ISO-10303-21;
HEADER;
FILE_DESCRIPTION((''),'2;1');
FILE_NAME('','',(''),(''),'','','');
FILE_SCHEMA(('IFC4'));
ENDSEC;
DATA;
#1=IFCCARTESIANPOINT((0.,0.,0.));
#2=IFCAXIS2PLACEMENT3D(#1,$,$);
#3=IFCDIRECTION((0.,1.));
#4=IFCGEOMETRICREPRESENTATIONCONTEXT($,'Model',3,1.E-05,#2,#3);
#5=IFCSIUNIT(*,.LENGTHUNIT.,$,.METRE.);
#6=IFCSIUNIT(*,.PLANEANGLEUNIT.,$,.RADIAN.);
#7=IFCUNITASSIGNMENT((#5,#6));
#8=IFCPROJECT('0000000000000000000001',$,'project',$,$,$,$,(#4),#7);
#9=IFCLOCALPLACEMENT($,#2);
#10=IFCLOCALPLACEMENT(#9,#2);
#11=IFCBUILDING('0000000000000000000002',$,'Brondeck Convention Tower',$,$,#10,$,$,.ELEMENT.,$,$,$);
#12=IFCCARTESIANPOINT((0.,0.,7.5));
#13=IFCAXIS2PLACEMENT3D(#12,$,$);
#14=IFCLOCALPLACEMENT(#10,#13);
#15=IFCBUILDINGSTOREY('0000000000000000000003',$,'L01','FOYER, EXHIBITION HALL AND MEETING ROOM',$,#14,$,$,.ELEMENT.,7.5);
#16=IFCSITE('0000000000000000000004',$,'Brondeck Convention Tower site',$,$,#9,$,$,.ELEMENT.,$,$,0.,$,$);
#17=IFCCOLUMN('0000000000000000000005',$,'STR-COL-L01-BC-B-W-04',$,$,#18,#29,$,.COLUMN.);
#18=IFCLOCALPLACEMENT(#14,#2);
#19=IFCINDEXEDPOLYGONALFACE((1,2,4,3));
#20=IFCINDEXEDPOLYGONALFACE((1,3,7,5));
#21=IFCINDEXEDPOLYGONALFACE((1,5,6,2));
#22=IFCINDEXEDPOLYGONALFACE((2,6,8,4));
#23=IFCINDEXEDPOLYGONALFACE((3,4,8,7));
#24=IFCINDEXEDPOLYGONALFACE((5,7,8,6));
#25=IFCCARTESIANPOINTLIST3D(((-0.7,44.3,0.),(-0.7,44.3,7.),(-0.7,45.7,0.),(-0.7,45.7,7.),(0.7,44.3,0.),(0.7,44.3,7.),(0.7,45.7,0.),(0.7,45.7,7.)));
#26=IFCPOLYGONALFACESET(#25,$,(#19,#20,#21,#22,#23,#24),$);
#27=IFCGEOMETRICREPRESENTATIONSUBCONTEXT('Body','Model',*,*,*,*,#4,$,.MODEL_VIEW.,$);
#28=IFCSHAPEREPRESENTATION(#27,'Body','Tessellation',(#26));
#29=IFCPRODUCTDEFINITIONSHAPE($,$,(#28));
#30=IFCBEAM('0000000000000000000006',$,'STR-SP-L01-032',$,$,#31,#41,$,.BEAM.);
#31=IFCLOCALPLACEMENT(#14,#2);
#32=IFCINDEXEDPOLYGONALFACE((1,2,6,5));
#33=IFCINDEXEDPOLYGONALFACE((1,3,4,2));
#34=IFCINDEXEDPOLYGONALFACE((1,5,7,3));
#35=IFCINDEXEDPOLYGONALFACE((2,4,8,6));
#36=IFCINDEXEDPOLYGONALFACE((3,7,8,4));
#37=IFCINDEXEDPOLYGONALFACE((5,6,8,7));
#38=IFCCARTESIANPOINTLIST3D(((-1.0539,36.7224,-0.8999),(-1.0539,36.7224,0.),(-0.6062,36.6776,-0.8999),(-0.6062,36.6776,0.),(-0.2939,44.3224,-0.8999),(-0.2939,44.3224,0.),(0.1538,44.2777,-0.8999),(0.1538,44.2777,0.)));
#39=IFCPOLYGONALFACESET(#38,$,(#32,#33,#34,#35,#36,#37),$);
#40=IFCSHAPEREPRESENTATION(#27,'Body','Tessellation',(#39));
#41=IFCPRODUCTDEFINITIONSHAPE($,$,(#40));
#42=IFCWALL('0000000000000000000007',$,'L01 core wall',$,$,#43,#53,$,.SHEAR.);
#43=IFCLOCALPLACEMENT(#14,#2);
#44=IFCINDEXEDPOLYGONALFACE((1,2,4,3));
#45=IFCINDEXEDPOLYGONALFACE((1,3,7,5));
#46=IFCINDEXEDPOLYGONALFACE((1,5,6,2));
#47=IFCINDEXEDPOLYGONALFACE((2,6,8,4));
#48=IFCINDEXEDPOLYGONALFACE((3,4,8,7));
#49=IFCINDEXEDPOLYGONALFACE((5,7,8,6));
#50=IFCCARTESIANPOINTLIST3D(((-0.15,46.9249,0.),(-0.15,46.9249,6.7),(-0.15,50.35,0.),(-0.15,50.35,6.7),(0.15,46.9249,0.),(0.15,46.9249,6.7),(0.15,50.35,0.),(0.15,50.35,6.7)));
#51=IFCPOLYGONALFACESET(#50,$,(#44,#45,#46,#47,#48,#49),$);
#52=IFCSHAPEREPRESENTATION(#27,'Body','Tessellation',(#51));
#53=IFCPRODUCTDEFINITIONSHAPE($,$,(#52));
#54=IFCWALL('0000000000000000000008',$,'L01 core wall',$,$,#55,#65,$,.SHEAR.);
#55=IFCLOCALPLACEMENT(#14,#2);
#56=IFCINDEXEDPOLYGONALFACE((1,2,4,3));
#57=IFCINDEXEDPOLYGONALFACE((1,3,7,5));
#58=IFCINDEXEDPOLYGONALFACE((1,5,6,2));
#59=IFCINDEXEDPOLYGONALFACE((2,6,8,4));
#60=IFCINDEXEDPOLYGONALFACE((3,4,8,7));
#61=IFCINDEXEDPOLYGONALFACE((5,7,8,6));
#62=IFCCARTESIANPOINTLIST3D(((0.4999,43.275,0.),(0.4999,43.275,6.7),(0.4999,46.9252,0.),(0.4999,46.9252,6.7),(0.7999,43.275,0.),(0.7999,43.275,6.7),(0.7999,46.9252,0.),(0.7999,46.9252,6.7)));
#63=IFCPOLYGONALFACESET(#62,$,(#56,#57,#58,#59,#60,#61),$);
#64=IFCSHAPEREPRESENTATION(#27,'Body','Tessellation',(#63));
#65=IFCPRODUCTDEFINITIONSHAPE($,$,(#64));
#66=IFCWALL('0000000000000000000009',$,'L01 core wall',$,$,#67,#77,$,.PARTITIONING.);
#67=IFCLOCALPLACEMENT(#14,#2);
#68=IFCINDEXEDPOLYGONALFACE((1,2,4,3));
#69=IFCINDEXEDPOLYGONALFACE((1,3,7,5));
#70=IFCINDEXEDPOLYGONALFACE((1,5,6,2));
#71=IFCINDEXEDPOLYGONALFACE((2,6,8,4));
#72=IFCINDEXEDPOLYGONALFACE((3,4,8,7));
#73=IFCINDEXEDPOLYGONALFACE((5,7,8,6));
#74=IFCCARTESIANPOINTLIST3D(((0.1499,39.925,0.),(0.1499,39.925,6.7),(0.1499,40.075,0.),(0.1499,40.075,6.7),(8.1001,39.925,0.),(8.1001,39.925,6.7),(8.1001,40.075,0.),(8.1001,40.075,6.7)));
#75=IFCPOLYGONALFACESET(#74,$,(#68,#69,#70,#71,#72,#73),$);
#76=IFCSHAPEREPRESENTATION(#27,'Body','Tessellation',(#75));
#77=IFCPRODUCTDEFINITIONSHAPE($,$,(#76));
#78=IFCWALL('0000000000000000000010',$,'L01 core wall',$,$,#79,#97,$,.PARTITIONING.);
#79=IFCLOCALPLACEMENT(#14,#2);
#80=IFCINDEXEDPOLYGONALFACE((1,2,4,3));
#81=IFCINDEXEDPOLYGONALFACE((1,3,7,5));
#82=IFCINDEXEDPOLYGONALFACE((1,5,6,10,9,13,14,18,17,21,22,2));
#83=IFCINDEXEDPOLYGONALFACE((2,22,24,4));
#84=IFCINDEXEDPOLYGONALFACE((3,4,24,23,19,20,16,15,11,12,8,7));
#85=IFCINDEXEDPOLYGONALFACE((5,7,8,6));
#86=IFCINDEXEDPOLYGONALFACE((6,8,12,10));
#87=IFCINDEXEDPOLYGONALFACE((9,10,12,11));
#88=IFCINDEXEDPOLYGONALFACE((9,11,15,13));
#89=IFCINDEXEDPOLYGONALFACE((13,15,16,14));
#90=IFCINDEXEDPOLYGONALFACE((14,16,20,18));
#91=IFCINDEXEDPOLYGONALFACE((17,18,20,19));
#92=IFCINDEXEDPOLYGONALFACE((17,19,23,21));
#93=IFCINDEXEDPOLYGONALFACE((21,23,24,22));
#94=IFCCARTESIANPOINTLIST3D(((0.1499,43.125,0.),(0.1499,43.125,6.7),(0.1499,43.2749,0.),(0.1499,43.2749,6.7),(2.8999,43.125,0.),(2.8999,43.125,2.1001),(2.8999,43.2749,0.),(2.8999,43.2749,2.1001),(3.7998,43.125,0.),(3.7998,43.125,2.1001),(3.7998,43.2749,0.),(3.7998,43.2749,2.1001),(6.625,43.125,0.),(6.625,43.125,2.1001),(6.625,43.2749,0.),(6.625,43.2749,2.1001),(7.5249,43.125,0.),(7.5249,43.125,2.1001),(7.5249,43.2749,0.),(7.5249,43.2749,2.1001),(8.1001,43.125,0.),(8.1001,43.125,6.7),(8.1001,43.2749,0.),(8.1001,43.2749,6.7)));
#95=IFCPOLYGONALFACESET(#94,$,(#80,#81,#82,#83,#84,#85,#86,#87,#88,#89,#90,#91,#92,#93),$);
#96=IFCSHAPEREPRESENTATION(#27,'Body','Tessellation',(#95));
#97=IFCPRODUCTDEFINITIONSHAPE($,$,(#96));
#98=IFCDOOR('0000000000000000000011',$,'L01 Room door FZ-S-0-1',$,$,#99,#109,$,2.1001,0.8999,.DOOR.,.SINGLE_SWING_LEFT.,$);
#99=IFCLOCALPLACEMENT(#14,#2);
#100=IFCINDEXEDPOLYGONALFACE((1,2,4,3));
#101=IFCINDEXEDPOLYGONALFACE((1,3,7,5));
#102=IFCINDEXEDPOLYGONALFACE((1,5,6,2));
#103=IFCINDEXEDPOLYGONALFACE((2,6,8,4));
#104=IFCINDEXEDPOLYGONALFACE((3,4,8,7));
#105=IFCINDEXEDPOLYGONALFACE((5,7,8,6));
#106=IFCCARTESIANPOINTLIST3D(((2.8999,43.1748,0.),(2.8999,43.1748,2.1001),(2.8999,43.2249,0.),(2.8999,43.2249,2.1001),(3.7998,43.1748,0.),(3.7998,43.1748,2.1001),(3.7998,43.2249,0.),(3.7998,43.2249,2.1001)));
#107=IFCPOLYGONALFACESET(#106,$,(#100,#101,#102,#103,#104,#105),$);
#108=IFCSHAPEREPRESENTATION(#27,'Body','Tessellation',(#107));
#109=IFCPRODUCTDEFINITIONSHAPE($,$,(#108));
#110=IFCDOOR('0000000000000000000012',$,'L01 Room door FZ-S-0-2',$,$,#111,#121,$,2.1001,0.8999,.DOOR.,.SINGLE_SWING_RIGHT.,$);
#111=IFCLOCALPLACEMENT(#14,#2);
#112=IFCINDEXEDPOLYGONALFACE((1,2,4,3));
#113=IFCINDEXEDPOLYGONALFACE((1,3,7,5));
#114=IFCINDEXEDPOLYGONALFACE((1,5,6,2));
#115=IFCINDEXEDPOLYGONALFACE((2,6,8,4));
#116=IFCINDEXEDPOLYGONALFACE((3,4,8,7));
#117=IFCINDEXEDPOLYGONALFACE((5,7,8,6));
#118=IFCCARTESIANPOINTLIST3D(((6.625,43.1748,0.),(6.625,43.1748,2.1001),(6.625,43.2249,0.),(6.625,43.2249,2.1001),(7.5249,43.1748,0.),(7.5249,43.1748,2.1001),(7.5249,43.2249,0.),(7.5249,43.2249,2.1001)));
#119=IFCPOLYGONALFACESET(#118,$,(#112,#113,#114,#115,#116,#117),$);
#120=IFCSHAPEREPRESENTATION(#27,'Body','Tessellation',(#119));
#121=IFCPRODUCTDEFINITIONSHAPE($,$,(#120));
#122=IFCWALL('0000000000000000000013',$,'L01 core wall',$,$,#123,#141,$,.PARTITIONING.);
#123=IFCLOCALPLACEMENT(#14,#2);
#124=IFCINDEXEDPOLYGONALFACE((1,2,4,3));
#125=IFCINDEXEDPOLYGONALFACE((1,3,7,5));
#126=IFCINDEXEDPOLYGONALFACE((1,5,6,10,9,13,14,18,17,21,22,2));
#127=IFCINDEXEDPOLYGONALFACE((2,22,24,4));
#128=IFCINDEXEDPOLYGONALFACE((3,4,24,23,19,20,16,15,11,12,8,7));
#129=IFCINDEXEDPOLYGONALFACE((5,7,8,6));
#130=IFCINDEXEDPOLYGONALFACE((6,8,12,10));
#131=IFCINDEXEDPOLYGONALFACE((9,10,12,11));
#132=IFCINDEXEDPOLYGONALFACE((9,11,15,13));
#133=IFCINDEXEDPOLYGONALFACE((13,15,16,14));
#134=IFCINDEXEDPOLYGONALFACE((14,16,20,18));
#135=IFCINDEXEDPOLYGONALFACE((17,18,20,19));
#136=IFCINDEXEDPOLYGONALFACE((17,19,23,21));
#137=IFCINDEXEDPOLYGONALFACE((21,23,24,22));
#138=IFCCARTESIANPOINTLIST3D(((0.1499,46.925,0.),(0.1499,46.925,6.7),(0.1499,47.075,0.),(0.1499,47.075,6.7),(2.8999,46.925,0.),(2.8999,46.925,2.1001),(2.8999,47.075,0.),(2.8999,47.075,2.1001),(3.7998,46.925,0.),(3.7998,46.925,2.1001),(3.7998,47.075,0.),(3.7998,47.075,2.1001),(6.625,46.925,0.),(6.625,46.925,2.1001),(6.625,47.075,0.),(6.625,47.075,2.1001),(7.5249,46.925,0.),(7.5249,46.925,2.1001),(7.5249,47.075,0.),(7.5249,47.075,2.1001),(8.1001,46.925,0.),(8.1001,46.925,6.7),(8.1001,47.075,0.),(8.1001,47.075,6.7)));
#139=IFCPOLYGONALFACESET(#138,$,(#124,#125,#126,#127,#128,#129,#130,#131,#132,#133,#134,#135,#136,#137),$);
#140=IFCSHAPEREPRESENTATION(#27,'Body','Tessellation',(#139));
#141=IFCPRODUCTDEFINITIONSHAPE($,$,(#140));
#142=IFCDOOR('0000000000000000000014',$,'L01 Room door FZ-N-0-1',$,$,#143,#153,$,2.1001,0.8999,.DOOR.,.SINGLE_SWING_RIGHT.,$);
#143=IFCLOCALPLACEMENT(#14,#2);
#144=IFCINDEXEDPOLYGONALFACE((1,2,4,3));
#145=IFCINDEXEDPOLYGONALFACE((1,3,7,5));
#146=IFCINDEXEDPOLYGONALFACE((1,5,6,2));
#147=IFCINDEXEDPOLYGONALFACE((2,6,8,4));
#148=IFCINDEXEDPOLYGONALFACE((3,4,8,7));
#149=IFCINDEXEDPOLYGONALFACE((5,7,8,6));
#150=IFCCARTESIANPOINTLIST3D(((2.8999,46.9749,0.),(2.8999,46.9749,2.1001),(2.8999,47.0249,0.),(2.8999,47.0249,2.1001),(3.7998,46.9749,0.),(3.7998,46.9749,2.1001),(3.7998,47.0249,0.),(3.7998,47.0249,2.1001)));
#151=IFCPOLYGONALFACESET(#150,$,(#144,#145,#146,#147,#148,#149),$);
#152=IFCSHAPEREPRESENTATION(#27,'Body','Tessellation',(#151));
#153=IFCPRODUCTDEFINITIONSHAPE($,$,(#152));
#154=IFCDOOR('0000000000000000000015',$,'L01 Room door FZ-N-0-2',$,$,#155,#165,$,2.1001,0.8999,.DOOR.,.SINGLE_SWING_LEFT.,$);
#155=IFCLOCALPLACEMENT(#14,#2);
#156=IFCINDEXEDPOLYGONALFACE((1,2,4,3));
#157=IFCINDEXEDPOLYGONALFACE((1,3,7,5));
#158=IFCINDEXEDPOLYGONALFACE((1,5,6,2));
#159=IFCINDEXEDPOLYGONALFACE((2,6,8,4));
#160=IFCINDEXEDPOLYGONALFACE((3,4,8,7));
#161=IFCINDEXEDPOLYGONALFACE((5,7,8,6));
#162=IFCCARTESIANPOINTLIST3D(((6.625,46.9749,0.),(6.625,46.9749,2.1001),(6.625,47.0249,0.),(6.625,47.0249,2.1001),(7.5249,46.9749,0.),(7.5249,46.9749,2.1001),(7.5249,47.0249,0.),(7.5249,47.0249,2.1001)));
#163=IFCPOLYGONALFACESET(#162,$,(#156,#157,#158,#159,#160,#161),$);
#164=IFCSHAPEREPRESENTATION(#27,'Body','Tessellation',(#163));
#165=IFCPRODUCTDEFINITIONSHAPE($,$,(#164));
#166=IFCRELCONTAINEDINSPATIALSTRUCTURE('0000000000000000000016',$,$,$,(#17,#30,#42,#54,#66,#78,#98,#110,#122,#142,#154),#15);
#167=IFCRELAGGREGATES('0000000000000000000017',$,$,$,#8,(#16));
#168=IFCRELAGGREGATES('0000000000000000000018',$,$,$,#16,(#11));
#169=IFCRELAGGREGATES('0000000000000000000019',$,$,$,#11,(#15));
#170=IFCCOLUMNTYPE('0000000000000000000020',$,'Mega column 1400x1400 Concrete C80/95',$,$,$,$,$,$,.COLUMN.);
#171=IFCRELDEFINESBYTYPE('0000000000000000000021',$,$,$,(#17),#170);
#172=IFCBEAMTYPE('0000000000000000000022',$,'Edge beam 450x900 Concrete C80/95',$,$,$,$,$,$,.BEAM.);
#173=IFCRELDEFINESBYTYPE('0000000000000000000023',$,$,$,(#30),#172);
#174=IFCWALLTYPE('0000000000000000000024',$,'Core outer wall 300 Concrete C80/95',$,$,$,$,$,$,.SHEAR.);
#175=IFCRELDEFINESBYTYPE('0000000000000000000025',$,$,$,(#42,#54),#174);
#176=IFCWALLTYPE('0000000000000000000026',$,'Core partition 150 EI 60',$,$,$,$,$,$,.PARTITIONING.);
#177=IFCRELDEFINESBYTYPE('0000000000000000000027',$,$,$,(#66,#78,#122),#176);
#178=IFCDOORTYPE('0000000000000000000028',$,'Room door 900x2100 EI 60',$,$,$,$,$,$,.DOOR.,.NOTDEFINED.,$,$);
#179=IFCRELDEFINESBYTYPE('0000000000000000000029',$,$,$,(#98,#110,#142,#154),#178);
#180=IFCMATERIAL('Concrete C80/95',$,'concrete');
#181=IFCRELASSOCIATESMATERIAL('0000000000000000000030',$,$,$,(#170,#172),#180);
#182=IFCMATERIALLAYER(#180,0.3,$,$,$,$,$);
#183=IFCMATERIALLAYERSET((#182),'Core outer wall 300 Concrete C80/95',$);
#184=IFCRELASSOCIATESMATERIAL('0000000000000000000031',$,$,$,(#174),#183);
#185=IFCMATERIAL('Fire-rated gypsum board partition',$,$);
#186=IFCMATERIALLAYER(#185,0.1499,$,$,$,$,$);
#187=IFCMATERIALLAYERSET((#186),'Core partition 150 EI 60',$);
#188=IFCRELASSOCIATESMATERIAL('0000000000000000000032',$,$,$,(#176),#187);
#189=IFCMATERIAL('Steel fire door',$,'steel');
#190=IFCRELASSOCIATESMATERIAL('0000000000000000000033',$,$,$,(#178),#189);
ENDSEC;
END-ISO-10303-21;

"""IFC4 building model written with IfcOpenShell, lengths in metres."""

from ifc_helpers import new_model, si_unit, direction, frame, frame_2d, origin, origin_2d, place, context, subcontext, project, spatial, rectangle, extrude, material, layer, layer_set, material_profile, profile_set, type_object, element, fill, save


model = new_model("IFC4")

# Units and contexts
model_context = context("Model", 3, precision=1e-05, world=origin(), true_north=direction((0.0, 1.0)))
body_context = subcontext(model_context, "Body", "Model", "MODEL_VIEW")
ifc_project = project(units=[si_unit("LENGTHUNIT", "METRE"), si_unit("PLANEANGLEUNIT", "RADIAN")], contexts=[model_context])

# Site, building, storey
site_placement = place(None, origin())
site = spatial("IfcSite", under=ifc_project, at=site_placement, Name="Brondeck Convention Tower site", CompositionType="ELEMENT", RefElevation=0.0)
building_placement = place(site_placement, origin())
building = spatial("IfcBuilding", under=site, at=building_placement, Name="Brondeck Convention Tower", CompositionType="ELEMENT")
storey_placement = place(building_placement, frame((0.0, 0.0, 7.5)))
storey = spatial("IfcBuildingStorey", under=building, at=storey_placement, Name="L01", Description="FOYER, EXHIBITION HALL AND MEETING ROOM", CompositionType="ELEMENT", Elevation=7.5)

# Column
ifc_material_1 = material(Name="Concrete C80/95", Category="concrete")
ifc_material_profile_1 = material_profile(ifc_material_1, rectangle(XDim=1.3999, YDim=1.3999, at=origin_2d()), Name="Mega column 1400x1400 Concrete C80/95")
ifc_profile_set_1 = profile_set([ifc_material_profile_1], Name="Concrete C80/95")
column_type = type_object("IfcColumnType", Name="Mega column 1400x1400 Concrete C80/95", PredefinedType="COLUMN", material=ifc_profile_set_1)
column_placement = place(storey_placement, frame((0.0, 45.0, 0.0), z_axis=(0.0, 0.0, 1.0), x_axis=(1.0, 0.0, 0.0)))
element("IfcColumn", 1, at=column_placement, inside=storey, type_object=column_type, Name="STR-COL-L01-BC-B-W-04", PredefinedType="COLUMN", context=body_context, shape_type="SweptSolid", body=[
    extrude(rectangle(XDim=1.3999, YDim=1.3999, at=origin_2d()), origin(), (0.0, 0.0, 1.0), 7.0),
])

# Beam
ifc_material_profile_2 = material_profile(ifc_material_1, rectangle(XDim=0.45, YDim=0.8999, at=origin_2d()), Name="Edge beam 450x900 Concrete C80/95")
ifc_profile_set_2 = profile_set([ifc_material_profile_2], Name="Concrete C80/95")
beam_type = type_object("IfcBeamType", Name="Edge beam 450x900 Concrete C80/95", PredefinedType="BEAM", material=ifc_profile_set_2)
beam_placement = place(storey_placement, frame((-0.0701, 44.3, -0.45), z_axis=(-0.099504, -0.995037, 0.0), x_axis=(0.995037, -0.099504, 0.0)))
element("IfcBeam", 2, at=beam_placement, inside=storey, type_object=beam_type, Name="STR-SP-L01-032", PredefinedType="BEAM", context=body_context, shape_type="SweptSolid", body=[
    extrude(rectangle(XDim=0.45, YDim=0.8999, at=origin_2d()), origin(), (0.0, 0.0, 1.0), 7.6379),
])

# Walls
ifc_layer_1 = layer(ifc_material_1, 0.3)
ifc_layer_set_1 = layer_set([ifc_layer_1], Name="Core outer wall 300 Concrete C80/95")
wall_type_1 = type_object("IfcWallType", Name="Core outer wall 300 Concrete C80/95", PredefinedType="SHEAR", material=ifc_layer_set_1)
wall_1_placement = place(storey_placement, frame((0.0, 46.925, 0.0), z_axis=(0.0, 0.0, 1.0), x_axis=(0.0, 1.0, 0.0)))
element("IfcWall", 3, at=wall_1_placement, inside=storey, type_object=wall_type_1, Name="L01 core wall", PredefinedType="SHEAR", context=body_context, shape_type="SweptSolid", body=[
    extrude(rectangle(XDim=3.425, YDim=0.3, at=frame_2d((1.7124, 0.0))), origin(), (0.0, 0.0, 1.0), 6.7),
])
wall_2_placement = place(storey_placement, frame((0.6499, 43.2749, 0.0), z_axis=(0.0, 0.0, 1.0), x_axis=(0.0, 1.0, 0.0)))
element("IfcWall", 4, at=wall_2_placement, inside=storey, type_object=wall_type_1, Name="L01 core wall", PredefinedType="SHEAR", context=body_context, shape_type="SweptSolid", body=[
    extrude(rectangle(XDim=3.6501, YDim=0.3, at=frame_2d((1.8252, 0.0))), origin(), (0.0, 0.0, 1.0), 6.7),
])
ifc_material_2 = material(Name="Fire-rated gypsum board partition")
ifc_layer_2 = layer(ifc_material_2, 0.1499)
ifc_layer_set_2 = layer_set([ifc_layer_2], Name="Core partition 150 EI 60")
wall_type_2 = type_object("IfcWallType", Name="Core partition 150 EI 60", PredefinedType="PARTITIONING", material=ifc_layer_set_2)
wall_3_placement = place(storey_placement, frame((0.1499, 40.0, 0.0), z_axis=(0.0, 0.0, 1.0), x_axis=(1.0, 0.0, 0.0)))
element("IfcWall", 5, at=wall_3_placement, inside=storey, type_object=wall_type_2, Name="L01 core wall", PredefinedType="PARTITIONING", context=body_context, shape_type="SweptSolid", body=[
    extrude(rectangle(XDim=7.9502, YDim=0.1499, at=frame_2d((3.9751, 0.0))), origin(), (0.0, 0.0, 1.0), 6.7),
])

# Walls, openings, doors
wall_4_placement = place(storey_placement, frame((0.1499, 43.2, 0.0), z_axis=(0.0, 0.0, 1.0), x_axis=(1.0, 0.0, 0.0)))
wall_4 = element("IfcWall", 6, at=wall_4_placement, inside=storey, type_object=wall_type_2, Name="L01 core wall", PredefinedType="PARTITIONING", context=body_context, shape_type="SweptSolid", body=[
    extrude(rectangle(XDim=7.9502, YDim=0.1499, at=frame_2d((3.9751, 0.0))), origin(), (0.0, 0.0, 1.0), 6.7),
])
opening_1_placement = place(wall_4_placement, frame((2.75, 0.0, 0.0)))
opening_1 = element("IfcOpeningElement", 7, at=opening_1_placement, cuts=wall_4, PredefinedType="OPENING", context=body_context, shape_type="SweptSolid", body=[
    extrude(rectangle(XDim=0.8999, YDim=2.1001, at=frame_2d((0.45, 1.05))), frame((0.0, 0.085, 0.0), z_axis=(0.0, -1.0, 0.0), x_axis=(1.0, 0.0, 0.0)), (0.0, 0.0, 1.0), 0.1699),
])
opening_2_placement = place(wall_4_placement, frame((6.4751, 0.0, 0.0)))
opening_2 = element("IfcOpeningElement", 8, at=opening_2_placement, cuts=wall_4, PredefinedType="OPENING", context=body_context, shape_type="SweptSolid", body=[
    extrude(rectangle(XDim=0.8999, YDim=2.1001, at=frame_2d((0.45, 1.05))), frame((0.0, 0.085, 0.0), z_axis=(0.0, -1.0, 0.0), x_axis=(1.0, 0.0, 0.0)), (0.0, 0.0, 1.0), 0.1699),
])
ifc_material_3 = material(Name="Steel fire door", Category="steel")
door_type = type_object("IfcDoorType", Name="Room door 900x2100 EI 60", OperationType="NOTDEFINED", PredefinedType="DOOR", material=ifc_material_3)
door_1_placement = place(opening_1_placement, origin())
door_1 = element("IfcDoor", 9, at=door_1_placement, inside=storey, type_object=door_type, Name="L01 Room door FZ-S-0-1", OperationType="SINGLE_SWING_LEFT", OverallHeight=2.1001, OverallWidth=0.8999, PredefinedType="DOOR", context=body_context, shape_type="SweptSolid", body=[
    extrude(rectangle(XDim=0.8999, YDim=2.1001, at=frame_2d((0.45, 1.05))), frame((0.0, 0.0249, 0.0), z_axis=(0.0, -1.0, 0.0), x_axis=(1.0, 0.0, 0.0)), (0.0, 0.0, 1.0), 0.05),
])
fill(opening_1, door_1)
door_2_placement = place(opening_2_placement, origin())
door_2 = element("IfcDoor", 10, at=door_2_placement, inside=storey, type_object=door_type, Name="L01 Room door FZ-S-0-2", OperationType="SINGLE_SWING_RIGHT", OverallHeight=2.1001, OverallWidth=0.8999, PredefinedType="DOOR", context=body_context, shape_type="SweptSolid", body=[
    extrude(rectangle(XDim=0.8999, YDim=2.1001, at=frame_2d((0.45, 1.05))), frame((0.0, 0.0249, 0.0), z_axis=(0.0, -1.0, 0.0), x_axis=(1.0, 0.0, 0.0)), (0.0, 0.0, 1.0), 0.05),
])
fill(opening_2, door_2)
wall_5_placement = place(storey_placement, frame((0.1499, 47.0, 0.0), z_axis=(0.0, 0.0, 1.0), x_axis=(1.0, 0.0, 0.0)))
wall_5 = element("IfcWall", 11, at=wall_5_placement, inside=storey, type_object=wall_type_2, Name="L01 core wall", PredefinedType="PARTITIONING", context=body_context, shape_type="SweptSolid", body=[
    extrude(rectangle(XDim=7.9502, YDim=0.1499, at=frame_2d((3.9751, 0.0))), origin(), (0.0, 0.0, 1.0), 6.7),
])
opening_3_placement = place(wall_5_placement, frame((2.75, 0.0, 0.0)))
opening_3 = element("IfcOpeningElement", 12, at=opening_3_placement, cuts=wall_5, PredefinedType="OPENING", context=body_context, shape_type="SweptSolid", body=[
    extrude(rectangle(XDim=0.8999, YDim=2.1001, at=frame_2d((0.45, 1.05))), frame((0.0, 0.085, 0.0), z_axis=(0.0, -1.0, 0.0), x_axis=(1.0, 0.0, 0.0)), (0.0, 0.0, 1.0), 0.1699),
])
opening_4_placement = place(wall_5_placement, frame((6.4751, 0.0, 0.0)))
opening_4 = element("IfcOpeningElement", 13, at=opening_4_placement, cuts=wall_5, PredefinedType="OPENING", context=body_context, shape_type="SweptSolid", body=[
    extrude(rectangle(XDim=0.8999, YDim=2.1001, at=frame_2d((0.45, 1.05))), frame((0.0, 0.085, 0.0), z_axis=(0.0, -1.0, 0.0), x_axis=(1.0, 0.0, 0.0)), (0.0, 0.0, 1.0), 0.1699),
])
door_3_placement = place(opening_3_placement, origin())
door_3 = element("IfcDoor", 14, at=door_3_placement, inside=storey, type_object=door_type, Name="L01 Room door FZ-N-0-1", OperationType="SINGLE_SWING_RIGHT", OverallHeight=2.1001, OverallWidth=0.8999, PredefinedType="DOOR", context=body_context, shape_type="SweptSolid", body=[
    extrude(rectangle(XDim=0.8999, YDim=2.1001, at=frame_2d((0.45, 1.05))), frame((0.0, 0.0249, 0.0), z_axis=(0.0, -1.0, 0.0), x_axis=(1.0, 0.0, 0.0)), (0.0, 0.0, 1.0), 0.05),
])
fill(opening_3, door_3)
door_4_placement = place(opening_4_placement, origin())
door_4 = element("IfcDoor", 15, at=door_4_placement, inside=storey, type_object=door_type, Name="L01 Room door FZ-N-0-2", OperationType="SINGLE_SWING_LEFT", OverallHeight=2.1001, OverallWidth=0.8999, PredefinedType="DOOR", context=body_context, shape_type="SweptSolid", body=[
    extrude(rectangle(XDim=0.8999, YDim=2.1001, at=frame_2d((0.45, 1.05))), frame((0.0, 0.0249, 0.0), z_axis=(0.0, -1.0, 0.0), x_axis=(1.0, 0.0, 0.0)), (0.0, 0.0, 1.0), 0.05),
])
fill(opening_4, door_4)

save(model, "model.ifc")
